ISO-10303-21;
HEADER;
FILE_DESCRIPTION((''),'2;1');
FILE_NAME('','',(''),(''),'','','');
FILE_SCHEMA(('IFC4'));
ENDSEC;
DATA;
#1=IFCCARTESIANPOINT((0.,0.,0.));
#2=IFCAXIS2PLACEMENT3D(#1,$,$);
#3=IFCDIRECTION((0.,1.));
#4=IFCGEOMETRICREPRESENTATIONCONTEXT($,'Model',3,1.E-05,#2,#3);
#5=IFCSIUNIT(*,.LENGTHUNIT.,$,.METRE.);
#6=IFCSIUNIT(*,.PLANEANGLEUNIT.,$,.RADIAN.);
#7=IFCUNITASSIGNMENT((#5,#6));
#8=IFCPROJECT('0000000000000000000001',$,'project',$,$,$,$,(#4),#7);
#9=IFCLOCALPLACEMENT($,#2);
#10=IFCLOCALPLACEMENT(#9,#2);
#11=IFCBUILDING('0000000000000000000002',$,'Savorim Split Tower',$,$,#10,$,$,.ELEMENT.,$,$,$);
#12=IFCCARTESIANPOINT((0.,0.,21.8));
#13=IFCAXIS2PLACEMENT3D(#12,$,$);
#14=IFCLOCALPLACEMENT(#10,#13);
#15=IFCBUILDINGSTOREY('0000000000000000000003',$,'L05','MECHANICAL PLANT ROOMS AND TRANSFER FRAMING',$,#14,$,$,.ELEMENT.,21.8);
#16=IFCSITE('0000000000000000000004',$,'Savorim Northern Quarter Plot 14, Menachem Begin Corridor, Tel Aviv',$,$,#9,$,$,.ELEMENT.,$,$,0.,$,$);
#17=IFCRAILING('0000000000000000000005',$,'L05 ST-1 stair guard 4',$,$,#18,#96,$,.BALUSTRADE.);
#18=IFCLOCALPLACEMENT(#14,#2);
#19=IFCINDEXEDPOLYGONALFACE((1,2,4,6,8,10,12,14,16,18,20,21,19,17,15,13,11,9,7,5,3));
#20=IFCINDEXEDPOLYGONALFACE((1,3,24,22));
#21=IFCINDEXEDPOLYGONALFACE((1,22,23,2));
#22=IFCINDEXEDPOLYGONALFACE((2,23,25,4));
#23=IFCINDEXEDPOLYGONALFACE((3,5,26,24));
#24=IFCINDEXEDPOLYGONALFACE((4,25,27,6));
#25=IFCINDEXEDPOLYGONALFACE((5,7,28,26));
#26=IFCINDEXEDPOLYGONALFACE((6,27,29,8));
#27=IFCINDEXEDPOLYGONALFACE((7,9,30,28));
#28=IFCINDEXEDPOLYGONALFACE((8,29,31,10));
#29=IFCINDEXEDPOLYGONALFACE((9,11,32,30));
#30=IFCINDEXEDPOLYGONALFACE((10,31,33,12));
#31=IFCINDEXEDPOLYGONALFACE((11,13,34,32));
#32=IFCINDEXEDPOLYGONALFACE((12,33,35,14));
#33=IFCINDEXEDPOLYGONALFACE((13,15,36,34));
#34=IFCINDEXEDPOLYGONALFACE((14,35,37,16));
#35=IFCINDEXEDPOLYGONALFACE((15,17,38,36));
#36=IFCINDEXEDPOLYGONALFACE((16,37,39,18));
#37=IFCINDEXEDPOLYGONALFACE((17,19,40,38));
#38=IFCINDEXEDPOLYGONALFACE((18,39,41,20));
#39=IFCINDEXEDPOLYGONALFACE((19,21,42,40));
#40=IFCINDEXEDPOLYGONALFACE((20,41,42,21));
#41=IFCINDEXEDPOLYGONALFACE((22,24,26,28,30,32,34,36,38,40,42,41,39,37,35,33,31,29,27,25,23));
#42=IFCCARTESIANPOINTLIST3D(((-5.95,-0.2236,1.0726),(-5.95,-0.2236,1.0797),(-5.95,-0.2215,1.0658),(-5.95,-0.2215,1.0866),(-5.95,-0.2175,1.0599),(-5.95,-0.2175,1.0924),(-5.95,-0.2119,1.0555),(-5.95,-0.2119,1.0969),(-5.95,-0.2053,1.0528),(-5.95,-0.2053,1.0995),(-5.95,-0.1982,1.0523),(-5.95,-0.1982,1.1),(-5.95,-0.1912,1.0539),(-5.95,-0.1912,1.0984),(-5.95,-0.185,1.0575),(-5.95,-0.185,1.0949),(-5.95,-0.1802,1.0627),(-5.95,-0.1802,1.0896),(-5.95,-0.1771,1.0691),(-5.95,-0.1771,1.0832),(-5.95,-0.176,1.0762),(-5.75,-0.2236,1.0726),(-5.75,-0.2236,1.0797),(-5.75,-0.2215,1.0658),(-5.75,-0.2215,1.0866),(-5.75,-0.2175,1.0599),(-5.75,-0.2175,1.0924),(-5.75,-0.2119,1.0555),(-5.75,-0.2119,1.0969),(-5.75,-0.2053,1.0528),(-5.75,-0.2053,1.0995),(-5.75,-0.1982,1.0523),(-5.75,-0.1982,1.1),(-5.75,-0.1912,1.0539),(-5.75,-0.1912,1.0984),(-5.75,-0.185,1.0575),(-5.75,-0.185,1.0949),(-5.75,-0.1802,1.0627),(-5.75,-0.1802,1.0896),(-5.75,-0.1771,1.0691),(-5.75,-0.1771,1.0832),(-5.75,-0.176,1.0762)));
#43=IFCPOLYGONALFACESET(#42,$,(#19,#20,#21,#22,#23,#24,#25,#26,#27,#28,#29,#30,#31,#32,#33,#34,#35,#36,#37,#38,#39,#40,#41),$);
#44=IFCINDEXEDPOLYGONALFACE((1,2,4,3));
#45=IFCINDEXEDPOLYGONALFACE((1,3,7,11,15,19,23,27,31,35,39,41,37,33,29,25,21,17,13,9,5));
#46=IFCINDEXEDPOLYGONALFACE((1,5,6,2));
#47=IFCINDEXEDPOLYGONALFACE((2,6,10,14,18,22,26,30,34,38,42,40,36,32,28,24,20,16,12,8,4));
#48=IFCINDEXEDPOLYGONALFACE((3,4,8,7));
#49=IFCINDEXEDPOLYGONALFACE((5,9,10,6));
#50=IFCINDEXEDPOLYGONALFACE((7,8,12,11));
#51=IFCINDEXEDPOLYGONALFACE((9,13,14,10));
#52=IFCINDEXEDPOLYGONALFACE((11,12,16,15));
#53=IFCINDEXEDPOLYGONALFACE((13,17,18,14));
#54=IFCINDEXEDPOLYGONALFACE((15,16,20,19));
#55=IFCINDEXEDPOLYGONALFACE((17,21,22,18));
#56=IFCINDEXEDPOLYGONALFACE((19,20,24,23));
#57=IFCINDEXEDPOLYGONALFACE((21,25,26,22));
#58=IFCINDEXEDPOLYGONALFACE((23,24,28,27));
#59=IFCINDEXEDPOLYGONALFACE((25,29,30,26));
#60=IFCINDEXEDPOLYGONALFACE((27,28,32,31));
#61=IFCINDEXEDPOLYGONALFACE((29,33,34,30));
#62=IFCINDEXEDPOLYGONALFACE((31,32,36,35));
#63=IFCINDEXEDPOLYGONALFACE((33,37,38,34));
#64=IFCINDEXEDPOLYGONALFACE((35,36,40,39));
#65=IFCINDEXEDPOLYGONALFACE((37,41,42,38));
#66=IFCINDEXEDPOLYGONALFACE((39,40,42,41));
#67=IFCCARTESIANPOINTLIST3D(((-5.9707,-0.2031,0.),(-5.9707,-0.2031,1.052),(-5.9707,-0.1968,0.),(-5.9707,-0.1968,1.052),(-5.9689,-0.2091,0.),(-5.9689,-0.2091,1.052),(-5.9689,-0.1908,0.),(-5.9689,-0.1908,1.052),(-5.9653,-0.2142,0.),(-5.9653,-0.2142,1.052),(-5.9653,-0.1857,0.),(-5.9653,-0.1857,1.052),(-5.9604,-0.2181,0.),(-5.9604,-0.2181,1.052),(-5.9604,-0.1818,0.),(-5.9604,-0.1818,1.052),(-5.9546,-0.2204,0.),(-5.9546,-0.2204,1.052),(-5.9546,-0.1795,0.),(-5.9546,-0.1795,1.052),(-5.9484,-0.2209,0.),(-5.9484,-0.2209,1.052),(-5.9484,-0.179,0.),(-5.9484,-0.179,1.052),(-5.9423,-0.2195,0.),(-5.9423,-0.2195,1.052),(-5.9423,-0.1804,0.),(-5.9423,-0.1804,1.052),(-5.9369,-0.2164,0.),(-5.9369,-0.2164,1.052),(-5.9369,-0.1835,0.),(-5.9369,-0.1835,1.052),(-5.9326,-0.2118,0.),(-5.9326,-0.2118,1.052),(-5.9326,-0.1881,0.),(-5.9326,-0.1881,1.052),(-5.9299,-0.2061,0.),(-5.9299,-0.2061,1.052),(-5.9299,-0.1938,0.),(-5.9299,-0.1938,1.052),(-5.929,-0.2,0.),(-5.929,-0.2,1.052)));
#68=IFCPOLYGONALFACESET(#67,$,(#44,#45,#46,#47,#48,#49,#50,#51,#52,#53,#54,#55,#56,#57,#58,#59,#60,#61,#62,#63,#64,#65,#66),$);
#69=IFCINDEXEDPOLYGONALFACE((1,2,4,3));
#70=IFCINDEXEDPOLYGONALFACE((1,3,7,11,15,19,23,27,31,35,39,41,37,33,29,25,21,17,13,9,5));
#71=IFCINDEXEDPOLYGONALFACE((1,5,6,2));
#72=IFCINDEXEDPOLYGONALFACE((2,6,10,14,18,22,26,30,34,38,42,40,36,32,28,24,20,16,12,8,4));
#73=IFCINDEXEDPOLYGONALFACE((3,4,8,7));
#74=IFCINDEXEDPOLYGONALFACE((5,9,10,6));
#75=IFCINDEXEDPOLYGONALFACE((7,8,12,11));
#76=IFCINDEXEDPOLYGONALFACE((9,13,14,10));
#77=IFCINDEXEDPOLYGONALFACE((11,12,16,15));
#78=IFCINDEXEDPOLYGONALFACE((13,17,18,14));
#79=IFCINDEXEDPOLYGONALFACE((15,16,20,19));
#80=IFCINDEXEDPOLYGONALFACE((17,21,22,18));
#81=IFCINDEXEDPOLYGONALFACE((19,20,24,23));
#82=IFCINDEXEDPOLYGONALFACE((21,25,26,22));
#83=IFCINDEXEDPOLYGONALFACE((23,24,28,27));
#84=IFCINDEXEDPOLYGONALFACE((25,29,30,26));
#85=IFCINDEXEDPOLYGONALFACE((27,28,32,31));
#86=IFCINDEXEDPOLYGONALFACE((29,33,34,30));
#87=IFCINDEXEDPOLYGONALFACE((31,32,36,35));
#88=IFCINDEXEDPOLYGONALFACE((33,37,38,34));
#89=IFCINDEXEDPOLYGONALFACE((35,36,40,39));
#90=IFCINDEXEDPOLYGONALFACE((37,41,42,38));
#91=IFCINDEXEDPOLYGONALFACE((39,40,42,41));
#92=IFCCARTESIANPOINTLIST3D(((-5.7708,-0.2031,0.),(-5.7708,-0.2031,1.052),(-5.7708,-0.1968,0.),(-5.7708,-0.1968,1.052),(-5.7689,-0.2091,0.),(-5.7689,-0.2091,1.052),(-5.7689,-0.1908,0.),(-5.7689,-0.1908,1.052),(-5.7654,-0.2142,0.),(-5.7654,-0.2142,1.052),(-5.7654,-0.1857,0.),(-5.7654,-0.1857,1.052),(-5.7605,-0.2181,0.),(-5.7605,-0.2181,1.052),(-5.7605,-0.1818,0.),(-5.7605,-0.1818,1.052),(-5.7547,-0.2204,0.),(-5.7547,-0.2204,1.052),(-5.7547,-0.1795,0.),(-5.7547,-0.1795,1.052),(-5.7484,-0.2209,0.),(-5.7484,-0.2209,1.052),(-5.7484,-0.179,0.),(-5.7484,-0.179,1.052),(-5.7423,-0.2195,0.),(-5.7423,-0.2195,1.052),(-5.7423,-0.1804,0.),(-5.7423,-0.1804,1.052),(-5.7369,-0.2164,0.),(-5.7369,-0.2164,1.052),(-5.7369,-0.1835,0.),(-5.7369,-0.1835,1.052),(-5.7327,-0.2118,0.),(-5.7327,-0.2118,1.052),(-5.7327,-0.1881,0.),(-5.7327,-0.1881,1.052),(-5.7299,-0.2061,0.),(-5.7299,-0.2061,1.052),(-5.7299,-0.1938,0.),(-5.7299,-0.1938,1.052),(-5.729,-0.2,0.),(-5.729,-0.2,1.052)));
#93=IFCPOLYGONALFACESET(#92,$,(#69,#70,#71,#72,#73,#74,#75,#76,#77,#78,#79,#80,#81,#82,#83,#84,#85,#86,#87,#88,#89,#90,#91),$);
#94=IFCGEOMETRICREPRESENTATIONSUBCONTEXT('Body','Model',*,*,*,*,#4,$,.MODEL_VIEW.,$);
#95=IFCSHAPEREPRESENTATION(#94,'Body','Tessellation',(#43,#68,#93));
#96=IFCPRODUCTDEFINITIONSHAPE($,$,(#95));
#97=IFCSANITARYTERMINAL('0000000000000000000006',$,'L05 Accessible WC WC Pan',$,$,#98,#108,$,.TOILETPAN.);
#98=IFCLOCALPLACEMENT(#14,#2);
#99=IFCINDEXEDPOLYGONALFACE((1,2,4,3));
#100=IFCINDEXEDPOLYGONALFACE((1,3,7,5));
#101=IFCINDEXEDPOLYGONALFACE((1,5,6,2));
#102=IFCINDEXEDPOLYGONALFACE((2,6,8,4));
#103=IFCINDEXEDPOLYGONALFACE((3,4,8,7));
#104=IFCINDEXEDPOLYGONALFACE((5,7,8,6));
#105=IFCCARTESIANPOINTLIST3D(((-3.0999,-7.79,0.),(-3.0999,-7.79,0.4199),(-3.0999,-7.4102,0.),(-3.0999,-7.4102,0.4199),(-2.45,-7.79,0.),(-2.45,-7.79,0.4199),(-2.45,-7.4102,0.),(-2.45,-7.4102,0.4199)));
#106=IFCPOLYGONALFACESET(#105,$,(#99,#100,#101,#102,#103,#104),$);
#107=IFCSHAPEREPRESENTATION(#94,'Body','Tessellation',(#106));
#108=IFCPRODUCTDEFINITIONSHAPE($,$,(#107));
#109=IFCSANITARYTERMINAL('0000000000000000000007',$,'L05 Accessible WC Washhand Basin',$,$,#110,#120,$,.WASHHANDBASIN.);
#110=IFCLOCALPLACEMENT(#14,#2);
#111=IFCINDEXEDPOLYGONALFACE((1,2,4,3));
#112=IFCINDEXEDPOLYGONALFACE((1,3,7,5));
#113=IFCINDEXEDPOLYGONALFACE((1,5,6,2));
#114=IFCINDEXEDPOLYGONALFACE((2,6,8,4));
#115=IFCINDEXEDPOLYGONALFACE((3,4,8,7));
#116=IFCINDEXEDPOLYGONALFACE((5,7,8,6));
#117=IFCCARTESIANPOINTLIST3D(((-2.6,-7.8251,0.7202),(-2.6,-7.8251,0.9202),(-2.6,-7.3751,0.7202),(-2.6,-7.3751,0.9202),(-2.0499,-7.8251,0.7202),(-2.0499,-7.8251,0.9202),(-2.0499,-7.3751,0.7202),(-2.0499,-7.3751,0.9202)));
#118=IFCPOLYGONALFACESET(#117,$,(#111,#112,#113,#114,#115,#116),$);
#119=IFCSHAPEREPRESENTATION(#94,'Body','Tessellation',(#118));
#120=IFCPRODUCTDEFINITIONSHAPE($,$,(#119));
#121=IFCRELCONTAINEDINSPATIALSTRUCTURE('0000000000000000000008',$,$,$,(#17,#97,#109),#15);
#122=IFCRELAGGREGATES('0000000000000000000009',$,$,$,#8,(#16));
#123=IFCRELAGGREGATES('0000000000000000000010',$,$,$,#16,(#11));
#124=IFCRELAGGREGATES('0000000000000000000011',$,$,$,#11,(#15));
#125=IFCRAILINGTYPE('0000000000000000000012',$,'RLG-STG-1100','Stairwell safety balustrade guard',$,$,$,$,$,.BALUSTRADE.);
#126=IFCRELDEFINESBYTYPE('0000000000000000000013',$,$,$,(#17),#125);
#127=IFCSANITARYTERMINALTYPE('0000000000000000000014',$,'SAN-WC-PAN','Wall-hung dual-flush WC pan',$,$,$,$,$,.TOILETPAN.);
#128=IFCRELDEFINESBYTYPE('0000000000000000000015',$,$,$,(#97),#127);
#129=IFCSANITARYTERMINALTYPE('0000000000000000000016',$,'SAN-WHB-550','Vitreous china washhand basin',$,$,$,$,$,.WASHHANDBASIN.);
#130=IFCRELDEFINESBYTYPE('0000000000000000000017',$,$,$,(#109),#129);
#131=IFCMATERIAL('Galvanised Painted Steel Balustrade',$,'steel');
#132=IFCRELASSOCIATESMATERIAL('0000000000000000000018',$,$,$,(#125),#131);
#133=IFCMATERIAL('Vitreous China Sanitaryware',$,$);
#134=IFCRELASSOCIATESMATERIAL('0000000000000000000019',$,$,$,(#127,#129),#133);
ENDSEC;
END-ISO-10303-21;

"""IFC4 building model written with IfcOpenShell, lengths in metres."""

from ifc_helpers import new_model, si_unit, direction, frame, origin, origin_2d, place, context, subcontext, project, spatial, rectangle, circle, extrude, material, type_object, element, save


model = new_model("IFC4")

# Units and contexts
model_context = context("Model", 3, precision=1e-05, world=origin(), true_north=direction((0.0, 1.0)))
body_context = subcontext(model_context, "Body", "Model", "MODEL_VIEW")
ifc_project = project(units=[si_unit("LENGTHUNIT", "METRE"), si_unit("PLANEANGLEUNIT", "RADIAN")], contexts=[model_context])

# Site, building, storey
site_placement = place(None, origin())
site = spatial("IfcSite", under=ifc_project, at=site_placement, Name="Savorim Northern Quarter Plot 14, Menachem Begin Corridor, Tel Aviv", CompositionType="ELEMENT", RefElevation=0.0)
building_placement = place(site_placement, origin())
building = spatial("IfcBuilding", under=site, at=building_placement, Name="Savorim Split Tower", CompositionType="ELEMENT")
storey_placement = place(building_placement, frame((0.0, 0.0, 21.8)))
storey = spatial("IfcBuildingStorey", under=building, at=storey_placement, Name="L05", Description="MECHANICAL PLANT ROOMS AND TRANSFER FRAMING", CompositionType="ELEMENT", Elevation=21.8)

# Railing
ifc_material_1 = material(Name="Galvanised Painted Steel Balustrade", Category="steel")
railing_type_1 = type_object("IfcRailingType", Name="RLG-STG-1100", Description="Stairwell safety balustrade guard", PredefinedType="BALUSTRADE", material=ifc_material_1)
railing_1_placement = place(storey_placement, frame((-5.95, -0.2, 0.0)))
element("IfcRailing", 1, at=railing_1_placement, inside=storey, type_object=railing_type_1, Name="L05 ST-1 stair guard 4", PredefinedType="BALUSTRADE", context=body_context, shape_type="SweptSolid", body=[
    extrude(circle(Radius=0.0239, at=origin_2d()), frame((0.0, 0.0, 1.0762), z_axis=(1.0, 0.0, 0.0), x_axis=(0.0, 1.0, 0.0)), (0.0, 0.0, 1.0), 0.2),
    extrude(circle(Radius=0.021, at=origin_2d()), origin(), (0.0, 0.0, 1.0), 1.052),
    extrude(circle(Radius=0.021, at=origin_2d()), frame((0.2, 0.0, 0.0)), (0.0, 0.0, 1.0), 1.052),
])

# Sanitary terminals
ifc_material_2 = material(Name="Vitreous China Sanitaryware")
sanitary_terminal_type_1 = type_object("IfcSanitaryTerminalType", Name="SAN-WC-PAN", Description="Wall-hung dual-flush WC pan", PredefinedType="TOILETPAN", material=ifc_material_2)
sanitary_terminal_1_placement = place(storey_placement, frame((-2.7749, -7.6001, 0.0), z_axis=(0.0, 0.0, 1.0), x_axis=(1.0, 0.0, 0.0)))
element("IfcSanitaryTerminal", 2, at=sanitary_terminal_1_placement, inside=storey, type_object=sanitary_terminal_type_1, Name="L05 Accessible WC WC Pan", PredefinedType="TOILETPAN", context=body_context, shape_type="SweptSolid", body=[
    extrude(rectangle(XDim=0.6499, YDim=0.3799, at=origin_2d()), origin(), (0.0, 0.0, 1.0), 0.4199),
])
sanitary_terminal_type_2 = type_object("IfcSanitaryTerminalType", Name="SAN-WHB-550", Description="Vitreous china washhand basin", PredefinedType="WASHHANDBASIN", material=ifc_material_2)
sanitary_terminal_2_placement = place(storey_placement, frame((-2.325, -7.6001, 0.7202), z_axis=(0.0, 0.0, 1.0), x_axis=(1.0, 0.0, 0.0)))
element("IfcSanitaryTerminal", 3, at=sanitary_terminal_2_placement, inside=storey, type_object=sanitary_terminal_type_2, Name="L05 Accessible WC Washhand Basin", PredefinedType="WASHHANDBASIN", context=body_context, shape_type="SweptSolid", body=[
    extrude(rectangle(XDim=0.55, YDim=0.45, at=origin_2d()), origin(), (0.0, 0.0, 1.0), 0.2),
])

save(model, "model.ifc")
